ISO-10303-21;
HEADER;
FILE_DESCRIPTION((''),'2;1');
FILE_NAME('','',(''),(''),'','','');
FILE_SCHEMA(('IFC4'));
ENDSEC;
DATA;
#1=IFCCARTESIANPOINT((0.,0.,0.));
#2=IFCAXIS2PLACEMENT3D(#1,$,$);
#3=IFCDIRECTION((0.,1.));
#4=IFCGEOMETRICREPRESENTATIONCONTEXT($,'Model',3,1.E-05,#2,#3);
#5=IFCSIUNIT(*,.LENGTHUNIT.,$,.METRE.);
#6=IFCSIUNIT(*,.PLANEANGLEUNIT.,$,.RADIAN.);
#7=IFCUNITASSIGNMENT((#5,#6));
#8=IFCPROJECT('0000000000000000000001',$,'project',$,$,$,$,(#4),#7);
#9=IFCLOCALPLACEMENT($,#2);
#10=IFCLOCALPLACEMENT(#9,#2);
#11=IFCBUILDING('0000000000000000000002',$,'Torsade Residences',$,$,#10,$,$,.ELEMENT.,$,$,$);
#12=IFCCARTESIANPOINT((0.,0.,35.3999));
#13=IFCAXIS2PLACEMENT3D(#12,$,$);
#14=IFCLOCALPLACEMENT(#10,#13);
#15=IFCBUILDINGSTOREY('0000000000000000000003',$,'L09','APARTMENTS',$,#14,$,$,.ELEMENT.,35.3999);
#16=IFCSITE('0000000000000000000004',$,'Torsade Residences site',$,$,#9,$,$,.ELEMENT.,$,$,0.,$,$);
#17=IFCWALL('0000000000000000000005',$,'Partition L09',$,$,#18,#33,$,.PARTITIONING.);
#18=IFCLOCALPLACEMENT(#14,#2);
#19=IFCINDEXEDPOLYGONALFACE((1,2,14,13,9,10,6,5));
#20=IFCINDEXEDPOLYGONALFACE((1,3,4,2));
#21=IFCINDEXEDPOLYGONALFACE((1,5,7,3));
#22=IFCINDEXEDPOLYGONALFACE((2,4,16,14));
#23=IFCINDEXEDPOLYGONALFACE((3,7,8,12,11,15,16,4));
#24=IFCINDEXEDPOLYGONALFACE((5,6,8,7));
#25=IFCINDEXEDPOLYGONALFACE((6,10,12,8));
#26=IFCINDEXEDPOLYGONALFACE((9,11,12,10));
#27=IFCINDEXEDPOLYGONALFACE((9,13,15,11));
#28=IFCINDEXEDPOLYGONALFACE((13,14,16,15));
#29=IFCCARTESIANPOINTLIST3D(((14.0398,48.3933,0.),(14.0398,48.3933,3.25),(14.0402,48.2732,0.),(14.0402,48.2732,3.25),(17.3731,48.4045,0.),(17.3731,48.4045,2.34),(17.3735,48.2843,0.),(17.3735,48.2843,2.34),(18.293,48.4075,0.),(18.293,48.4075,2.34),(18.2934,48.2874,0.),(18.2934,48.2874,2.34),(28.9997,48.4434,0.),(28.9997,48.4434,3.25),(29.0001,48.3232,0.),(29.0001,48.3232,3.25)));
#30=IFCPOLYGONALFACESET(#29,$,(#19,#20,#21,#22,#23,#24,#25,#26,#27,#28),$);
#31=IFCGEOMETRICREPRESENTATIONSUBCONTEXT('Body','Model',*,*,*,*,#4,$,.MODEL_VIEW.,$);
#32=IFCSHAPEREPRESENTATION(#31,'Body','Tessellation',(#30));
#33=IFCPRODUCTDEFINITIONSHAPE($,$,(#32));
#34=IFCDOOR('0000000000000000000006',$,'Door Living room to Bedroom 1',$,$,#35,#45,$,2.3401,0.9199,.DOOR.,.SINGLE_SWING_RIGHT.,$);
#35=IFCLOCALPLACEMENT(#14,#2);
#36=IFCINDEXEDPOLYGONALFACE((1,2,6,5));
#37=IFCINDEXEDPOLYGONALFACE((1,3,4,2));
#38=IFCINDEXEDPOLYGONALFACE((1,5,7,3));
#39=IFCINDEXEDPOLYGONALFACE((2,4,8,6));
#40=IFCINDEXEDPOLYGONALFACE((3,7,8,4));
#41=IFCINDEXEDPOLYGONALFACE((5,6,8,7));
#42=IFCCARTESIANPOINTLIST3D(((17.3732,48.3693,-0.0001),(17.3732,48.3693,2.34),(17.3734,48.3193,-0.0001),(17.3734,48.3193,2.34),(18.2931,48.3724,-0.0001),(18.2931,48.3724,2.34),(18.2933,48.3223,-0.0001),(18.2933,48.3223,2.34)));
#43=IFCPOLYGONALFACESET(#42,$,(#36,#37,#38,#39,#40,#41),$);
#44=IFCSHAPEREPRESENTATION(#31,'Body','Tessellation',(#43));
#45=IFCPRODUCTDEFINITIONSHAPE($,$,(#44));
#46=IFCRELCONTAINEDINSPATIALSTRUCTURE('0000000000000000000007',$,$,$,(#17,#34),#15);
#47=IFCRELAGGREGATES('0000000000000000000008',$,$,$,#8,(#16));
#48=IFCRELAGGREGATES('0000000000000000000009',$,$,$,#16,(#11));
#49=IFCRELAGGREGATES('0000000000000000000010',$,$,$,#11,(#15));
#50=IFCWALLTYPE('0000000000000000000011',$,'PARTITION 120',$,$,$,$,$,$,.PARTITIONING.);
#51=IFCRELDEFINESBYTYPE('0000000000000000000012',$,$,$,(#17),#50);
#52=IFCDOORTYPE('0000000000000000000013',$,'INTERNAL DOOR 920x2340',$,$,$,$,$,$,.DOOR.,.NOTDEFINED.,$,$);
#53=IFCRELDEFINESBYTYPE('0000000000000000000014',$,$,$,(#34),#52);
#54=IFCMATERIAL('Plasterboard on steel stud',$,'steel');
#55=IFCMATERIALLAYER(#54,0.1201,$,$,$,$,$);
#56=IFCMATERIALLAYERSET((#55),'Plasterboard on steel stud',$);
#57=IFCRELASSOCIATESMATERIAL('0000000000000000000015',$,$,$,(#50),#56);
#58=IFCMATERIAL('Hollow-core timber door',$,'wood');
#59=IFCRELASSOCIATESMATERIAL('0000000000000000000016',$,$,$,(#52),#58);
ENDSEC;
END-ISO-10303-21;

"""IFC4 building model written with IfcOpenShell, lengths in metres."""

from ifc_helpers import new_model, si_unit, direction, frame, frame_2d, origin, place, context, subcontext, project, spatial, rectangle, extrude, material, layer, layer_set, type_object, element, fill, save


model = new_model("IFC4")

# Units and contexts
model_context = context("Model", 3, precision=1e-05, world=origin(), true_north=direction((0.0, 1.0)))
body_context = subcontext(model_context, "Body", "Model", "MODEL_VIEW")
ifc_project = project(units=[si_unit("LENGTHUNIT", "METRE"), si_unit("PLANEANGLEUNIT", "RADIAN")], contexts=[model_context])

# Site, building, storey
site_placement = place(None, origin())
site = spatial("IfcSite", under=ifc_project, at=site_placement, Name="Torsade Residences site", CompositionType="ELEMENT", RefElevation=0.0)
building_placement = place(site_placement, origin())
building = spatial("IfcBuilding", under=site, at=building_placement, Name="Torsade Residences", CompositionType="ELEMENT")
storey_placement = place(building_placement, frame((0.0, 0.0, 35.3999)))
storey = spatial("IfcBuildingStorey", under=building, at=storey_placement, Name="L09", Description="APARTMENTS", CompositionType="ELEMENT", Elevation=35.3999)

# Wall, opening, door
ifc_material_1 = material(Name="Plasterboard on steel stud", Category="steel")
ifc_layer_1 = layer(ifc_material_1, 0.1201)
ifc_layer_set_1 = layer_set([ifc_layer_1], Name="Plasterboard on steel stud")
wall_type = type_object("IfcWallType", Name="PARTITION 120", PredefinedType="PARTITIONING", material=ifc_layer_set_1)
wall_placement = place(storey_placement, frame((14.04, 48.3333, 0.0), z_axis=(0.0, 0.0, 1.0), x_axis=(0.999994, 0.003345, 0.0)))
wall = element("IfcWall", 1, at=wall_placement, inside=storey, type_object=wall_type, Name="Partition L09", PredefinedType="PARTITIONING", context=body_context, shape_type="SweptSolid", body=[
    extrude(rectangle(XDim=14.96, YDim=0.1201, at=frame_2d((7.48, 0.0))), origin(), (0.0, 0.0, 1.0), 3.25),
])
opening_placement = place(wall_placement, frame((3.3333, 0.0, 0.0)))
opening = element("IfcOpeningElement", 2, at=opening_placement, cuts=wall, PredefinedType="OPENING", context=body_context, shape_type="SweptSolid", body=[
    extrude(rectangle(XDim=0.9199, YDim=2.3401, at=frame_2d((0.46, 1.1699))), frame((0.0, 0.0701, 0.0), z_axis=(0.0, -1.0, 0.0), x_axis=(1.0, 0.0, 0.0)), (0.0, 0.0, 1.0), 0.1401),
])
ifc_material_2 = material(Name="Hollow-core timber door", Category="wood")
door_type = type_object("IfcDoorType", Name="INTERNAL DOOR 920x2340", OperationType="NOTDEFINED", PredefinedType="DOOR", material=ifc_material_2)
door_placement = place(opening_placement, origin())
door = element("IfcDoor", 3, at=door_placement, inside=storey, type_object=door_type, Name="Door Living room to Bedroom 1", OperationType="SINGLE_SWING_RIGHT", OverallHeight=2.3401, OverallWidth=0.9199, PredefinedType="DOOR", context=body_context, shape_type="SweptSolid", body=[
    extrude(rectangle(XDim=0.9199, YDim=2.3401, at=frame_2d((0.46, 1.1699))), frame((0.0, 0.0249, 0.0), z_axis=(0.0, -1.0, 0.0), x_axis=(1.0, 0.0, 0.0)), (0.0, 0.0, 1.0), 0.05),
])
fill(opening, door)

save(model, "model.ifc")
